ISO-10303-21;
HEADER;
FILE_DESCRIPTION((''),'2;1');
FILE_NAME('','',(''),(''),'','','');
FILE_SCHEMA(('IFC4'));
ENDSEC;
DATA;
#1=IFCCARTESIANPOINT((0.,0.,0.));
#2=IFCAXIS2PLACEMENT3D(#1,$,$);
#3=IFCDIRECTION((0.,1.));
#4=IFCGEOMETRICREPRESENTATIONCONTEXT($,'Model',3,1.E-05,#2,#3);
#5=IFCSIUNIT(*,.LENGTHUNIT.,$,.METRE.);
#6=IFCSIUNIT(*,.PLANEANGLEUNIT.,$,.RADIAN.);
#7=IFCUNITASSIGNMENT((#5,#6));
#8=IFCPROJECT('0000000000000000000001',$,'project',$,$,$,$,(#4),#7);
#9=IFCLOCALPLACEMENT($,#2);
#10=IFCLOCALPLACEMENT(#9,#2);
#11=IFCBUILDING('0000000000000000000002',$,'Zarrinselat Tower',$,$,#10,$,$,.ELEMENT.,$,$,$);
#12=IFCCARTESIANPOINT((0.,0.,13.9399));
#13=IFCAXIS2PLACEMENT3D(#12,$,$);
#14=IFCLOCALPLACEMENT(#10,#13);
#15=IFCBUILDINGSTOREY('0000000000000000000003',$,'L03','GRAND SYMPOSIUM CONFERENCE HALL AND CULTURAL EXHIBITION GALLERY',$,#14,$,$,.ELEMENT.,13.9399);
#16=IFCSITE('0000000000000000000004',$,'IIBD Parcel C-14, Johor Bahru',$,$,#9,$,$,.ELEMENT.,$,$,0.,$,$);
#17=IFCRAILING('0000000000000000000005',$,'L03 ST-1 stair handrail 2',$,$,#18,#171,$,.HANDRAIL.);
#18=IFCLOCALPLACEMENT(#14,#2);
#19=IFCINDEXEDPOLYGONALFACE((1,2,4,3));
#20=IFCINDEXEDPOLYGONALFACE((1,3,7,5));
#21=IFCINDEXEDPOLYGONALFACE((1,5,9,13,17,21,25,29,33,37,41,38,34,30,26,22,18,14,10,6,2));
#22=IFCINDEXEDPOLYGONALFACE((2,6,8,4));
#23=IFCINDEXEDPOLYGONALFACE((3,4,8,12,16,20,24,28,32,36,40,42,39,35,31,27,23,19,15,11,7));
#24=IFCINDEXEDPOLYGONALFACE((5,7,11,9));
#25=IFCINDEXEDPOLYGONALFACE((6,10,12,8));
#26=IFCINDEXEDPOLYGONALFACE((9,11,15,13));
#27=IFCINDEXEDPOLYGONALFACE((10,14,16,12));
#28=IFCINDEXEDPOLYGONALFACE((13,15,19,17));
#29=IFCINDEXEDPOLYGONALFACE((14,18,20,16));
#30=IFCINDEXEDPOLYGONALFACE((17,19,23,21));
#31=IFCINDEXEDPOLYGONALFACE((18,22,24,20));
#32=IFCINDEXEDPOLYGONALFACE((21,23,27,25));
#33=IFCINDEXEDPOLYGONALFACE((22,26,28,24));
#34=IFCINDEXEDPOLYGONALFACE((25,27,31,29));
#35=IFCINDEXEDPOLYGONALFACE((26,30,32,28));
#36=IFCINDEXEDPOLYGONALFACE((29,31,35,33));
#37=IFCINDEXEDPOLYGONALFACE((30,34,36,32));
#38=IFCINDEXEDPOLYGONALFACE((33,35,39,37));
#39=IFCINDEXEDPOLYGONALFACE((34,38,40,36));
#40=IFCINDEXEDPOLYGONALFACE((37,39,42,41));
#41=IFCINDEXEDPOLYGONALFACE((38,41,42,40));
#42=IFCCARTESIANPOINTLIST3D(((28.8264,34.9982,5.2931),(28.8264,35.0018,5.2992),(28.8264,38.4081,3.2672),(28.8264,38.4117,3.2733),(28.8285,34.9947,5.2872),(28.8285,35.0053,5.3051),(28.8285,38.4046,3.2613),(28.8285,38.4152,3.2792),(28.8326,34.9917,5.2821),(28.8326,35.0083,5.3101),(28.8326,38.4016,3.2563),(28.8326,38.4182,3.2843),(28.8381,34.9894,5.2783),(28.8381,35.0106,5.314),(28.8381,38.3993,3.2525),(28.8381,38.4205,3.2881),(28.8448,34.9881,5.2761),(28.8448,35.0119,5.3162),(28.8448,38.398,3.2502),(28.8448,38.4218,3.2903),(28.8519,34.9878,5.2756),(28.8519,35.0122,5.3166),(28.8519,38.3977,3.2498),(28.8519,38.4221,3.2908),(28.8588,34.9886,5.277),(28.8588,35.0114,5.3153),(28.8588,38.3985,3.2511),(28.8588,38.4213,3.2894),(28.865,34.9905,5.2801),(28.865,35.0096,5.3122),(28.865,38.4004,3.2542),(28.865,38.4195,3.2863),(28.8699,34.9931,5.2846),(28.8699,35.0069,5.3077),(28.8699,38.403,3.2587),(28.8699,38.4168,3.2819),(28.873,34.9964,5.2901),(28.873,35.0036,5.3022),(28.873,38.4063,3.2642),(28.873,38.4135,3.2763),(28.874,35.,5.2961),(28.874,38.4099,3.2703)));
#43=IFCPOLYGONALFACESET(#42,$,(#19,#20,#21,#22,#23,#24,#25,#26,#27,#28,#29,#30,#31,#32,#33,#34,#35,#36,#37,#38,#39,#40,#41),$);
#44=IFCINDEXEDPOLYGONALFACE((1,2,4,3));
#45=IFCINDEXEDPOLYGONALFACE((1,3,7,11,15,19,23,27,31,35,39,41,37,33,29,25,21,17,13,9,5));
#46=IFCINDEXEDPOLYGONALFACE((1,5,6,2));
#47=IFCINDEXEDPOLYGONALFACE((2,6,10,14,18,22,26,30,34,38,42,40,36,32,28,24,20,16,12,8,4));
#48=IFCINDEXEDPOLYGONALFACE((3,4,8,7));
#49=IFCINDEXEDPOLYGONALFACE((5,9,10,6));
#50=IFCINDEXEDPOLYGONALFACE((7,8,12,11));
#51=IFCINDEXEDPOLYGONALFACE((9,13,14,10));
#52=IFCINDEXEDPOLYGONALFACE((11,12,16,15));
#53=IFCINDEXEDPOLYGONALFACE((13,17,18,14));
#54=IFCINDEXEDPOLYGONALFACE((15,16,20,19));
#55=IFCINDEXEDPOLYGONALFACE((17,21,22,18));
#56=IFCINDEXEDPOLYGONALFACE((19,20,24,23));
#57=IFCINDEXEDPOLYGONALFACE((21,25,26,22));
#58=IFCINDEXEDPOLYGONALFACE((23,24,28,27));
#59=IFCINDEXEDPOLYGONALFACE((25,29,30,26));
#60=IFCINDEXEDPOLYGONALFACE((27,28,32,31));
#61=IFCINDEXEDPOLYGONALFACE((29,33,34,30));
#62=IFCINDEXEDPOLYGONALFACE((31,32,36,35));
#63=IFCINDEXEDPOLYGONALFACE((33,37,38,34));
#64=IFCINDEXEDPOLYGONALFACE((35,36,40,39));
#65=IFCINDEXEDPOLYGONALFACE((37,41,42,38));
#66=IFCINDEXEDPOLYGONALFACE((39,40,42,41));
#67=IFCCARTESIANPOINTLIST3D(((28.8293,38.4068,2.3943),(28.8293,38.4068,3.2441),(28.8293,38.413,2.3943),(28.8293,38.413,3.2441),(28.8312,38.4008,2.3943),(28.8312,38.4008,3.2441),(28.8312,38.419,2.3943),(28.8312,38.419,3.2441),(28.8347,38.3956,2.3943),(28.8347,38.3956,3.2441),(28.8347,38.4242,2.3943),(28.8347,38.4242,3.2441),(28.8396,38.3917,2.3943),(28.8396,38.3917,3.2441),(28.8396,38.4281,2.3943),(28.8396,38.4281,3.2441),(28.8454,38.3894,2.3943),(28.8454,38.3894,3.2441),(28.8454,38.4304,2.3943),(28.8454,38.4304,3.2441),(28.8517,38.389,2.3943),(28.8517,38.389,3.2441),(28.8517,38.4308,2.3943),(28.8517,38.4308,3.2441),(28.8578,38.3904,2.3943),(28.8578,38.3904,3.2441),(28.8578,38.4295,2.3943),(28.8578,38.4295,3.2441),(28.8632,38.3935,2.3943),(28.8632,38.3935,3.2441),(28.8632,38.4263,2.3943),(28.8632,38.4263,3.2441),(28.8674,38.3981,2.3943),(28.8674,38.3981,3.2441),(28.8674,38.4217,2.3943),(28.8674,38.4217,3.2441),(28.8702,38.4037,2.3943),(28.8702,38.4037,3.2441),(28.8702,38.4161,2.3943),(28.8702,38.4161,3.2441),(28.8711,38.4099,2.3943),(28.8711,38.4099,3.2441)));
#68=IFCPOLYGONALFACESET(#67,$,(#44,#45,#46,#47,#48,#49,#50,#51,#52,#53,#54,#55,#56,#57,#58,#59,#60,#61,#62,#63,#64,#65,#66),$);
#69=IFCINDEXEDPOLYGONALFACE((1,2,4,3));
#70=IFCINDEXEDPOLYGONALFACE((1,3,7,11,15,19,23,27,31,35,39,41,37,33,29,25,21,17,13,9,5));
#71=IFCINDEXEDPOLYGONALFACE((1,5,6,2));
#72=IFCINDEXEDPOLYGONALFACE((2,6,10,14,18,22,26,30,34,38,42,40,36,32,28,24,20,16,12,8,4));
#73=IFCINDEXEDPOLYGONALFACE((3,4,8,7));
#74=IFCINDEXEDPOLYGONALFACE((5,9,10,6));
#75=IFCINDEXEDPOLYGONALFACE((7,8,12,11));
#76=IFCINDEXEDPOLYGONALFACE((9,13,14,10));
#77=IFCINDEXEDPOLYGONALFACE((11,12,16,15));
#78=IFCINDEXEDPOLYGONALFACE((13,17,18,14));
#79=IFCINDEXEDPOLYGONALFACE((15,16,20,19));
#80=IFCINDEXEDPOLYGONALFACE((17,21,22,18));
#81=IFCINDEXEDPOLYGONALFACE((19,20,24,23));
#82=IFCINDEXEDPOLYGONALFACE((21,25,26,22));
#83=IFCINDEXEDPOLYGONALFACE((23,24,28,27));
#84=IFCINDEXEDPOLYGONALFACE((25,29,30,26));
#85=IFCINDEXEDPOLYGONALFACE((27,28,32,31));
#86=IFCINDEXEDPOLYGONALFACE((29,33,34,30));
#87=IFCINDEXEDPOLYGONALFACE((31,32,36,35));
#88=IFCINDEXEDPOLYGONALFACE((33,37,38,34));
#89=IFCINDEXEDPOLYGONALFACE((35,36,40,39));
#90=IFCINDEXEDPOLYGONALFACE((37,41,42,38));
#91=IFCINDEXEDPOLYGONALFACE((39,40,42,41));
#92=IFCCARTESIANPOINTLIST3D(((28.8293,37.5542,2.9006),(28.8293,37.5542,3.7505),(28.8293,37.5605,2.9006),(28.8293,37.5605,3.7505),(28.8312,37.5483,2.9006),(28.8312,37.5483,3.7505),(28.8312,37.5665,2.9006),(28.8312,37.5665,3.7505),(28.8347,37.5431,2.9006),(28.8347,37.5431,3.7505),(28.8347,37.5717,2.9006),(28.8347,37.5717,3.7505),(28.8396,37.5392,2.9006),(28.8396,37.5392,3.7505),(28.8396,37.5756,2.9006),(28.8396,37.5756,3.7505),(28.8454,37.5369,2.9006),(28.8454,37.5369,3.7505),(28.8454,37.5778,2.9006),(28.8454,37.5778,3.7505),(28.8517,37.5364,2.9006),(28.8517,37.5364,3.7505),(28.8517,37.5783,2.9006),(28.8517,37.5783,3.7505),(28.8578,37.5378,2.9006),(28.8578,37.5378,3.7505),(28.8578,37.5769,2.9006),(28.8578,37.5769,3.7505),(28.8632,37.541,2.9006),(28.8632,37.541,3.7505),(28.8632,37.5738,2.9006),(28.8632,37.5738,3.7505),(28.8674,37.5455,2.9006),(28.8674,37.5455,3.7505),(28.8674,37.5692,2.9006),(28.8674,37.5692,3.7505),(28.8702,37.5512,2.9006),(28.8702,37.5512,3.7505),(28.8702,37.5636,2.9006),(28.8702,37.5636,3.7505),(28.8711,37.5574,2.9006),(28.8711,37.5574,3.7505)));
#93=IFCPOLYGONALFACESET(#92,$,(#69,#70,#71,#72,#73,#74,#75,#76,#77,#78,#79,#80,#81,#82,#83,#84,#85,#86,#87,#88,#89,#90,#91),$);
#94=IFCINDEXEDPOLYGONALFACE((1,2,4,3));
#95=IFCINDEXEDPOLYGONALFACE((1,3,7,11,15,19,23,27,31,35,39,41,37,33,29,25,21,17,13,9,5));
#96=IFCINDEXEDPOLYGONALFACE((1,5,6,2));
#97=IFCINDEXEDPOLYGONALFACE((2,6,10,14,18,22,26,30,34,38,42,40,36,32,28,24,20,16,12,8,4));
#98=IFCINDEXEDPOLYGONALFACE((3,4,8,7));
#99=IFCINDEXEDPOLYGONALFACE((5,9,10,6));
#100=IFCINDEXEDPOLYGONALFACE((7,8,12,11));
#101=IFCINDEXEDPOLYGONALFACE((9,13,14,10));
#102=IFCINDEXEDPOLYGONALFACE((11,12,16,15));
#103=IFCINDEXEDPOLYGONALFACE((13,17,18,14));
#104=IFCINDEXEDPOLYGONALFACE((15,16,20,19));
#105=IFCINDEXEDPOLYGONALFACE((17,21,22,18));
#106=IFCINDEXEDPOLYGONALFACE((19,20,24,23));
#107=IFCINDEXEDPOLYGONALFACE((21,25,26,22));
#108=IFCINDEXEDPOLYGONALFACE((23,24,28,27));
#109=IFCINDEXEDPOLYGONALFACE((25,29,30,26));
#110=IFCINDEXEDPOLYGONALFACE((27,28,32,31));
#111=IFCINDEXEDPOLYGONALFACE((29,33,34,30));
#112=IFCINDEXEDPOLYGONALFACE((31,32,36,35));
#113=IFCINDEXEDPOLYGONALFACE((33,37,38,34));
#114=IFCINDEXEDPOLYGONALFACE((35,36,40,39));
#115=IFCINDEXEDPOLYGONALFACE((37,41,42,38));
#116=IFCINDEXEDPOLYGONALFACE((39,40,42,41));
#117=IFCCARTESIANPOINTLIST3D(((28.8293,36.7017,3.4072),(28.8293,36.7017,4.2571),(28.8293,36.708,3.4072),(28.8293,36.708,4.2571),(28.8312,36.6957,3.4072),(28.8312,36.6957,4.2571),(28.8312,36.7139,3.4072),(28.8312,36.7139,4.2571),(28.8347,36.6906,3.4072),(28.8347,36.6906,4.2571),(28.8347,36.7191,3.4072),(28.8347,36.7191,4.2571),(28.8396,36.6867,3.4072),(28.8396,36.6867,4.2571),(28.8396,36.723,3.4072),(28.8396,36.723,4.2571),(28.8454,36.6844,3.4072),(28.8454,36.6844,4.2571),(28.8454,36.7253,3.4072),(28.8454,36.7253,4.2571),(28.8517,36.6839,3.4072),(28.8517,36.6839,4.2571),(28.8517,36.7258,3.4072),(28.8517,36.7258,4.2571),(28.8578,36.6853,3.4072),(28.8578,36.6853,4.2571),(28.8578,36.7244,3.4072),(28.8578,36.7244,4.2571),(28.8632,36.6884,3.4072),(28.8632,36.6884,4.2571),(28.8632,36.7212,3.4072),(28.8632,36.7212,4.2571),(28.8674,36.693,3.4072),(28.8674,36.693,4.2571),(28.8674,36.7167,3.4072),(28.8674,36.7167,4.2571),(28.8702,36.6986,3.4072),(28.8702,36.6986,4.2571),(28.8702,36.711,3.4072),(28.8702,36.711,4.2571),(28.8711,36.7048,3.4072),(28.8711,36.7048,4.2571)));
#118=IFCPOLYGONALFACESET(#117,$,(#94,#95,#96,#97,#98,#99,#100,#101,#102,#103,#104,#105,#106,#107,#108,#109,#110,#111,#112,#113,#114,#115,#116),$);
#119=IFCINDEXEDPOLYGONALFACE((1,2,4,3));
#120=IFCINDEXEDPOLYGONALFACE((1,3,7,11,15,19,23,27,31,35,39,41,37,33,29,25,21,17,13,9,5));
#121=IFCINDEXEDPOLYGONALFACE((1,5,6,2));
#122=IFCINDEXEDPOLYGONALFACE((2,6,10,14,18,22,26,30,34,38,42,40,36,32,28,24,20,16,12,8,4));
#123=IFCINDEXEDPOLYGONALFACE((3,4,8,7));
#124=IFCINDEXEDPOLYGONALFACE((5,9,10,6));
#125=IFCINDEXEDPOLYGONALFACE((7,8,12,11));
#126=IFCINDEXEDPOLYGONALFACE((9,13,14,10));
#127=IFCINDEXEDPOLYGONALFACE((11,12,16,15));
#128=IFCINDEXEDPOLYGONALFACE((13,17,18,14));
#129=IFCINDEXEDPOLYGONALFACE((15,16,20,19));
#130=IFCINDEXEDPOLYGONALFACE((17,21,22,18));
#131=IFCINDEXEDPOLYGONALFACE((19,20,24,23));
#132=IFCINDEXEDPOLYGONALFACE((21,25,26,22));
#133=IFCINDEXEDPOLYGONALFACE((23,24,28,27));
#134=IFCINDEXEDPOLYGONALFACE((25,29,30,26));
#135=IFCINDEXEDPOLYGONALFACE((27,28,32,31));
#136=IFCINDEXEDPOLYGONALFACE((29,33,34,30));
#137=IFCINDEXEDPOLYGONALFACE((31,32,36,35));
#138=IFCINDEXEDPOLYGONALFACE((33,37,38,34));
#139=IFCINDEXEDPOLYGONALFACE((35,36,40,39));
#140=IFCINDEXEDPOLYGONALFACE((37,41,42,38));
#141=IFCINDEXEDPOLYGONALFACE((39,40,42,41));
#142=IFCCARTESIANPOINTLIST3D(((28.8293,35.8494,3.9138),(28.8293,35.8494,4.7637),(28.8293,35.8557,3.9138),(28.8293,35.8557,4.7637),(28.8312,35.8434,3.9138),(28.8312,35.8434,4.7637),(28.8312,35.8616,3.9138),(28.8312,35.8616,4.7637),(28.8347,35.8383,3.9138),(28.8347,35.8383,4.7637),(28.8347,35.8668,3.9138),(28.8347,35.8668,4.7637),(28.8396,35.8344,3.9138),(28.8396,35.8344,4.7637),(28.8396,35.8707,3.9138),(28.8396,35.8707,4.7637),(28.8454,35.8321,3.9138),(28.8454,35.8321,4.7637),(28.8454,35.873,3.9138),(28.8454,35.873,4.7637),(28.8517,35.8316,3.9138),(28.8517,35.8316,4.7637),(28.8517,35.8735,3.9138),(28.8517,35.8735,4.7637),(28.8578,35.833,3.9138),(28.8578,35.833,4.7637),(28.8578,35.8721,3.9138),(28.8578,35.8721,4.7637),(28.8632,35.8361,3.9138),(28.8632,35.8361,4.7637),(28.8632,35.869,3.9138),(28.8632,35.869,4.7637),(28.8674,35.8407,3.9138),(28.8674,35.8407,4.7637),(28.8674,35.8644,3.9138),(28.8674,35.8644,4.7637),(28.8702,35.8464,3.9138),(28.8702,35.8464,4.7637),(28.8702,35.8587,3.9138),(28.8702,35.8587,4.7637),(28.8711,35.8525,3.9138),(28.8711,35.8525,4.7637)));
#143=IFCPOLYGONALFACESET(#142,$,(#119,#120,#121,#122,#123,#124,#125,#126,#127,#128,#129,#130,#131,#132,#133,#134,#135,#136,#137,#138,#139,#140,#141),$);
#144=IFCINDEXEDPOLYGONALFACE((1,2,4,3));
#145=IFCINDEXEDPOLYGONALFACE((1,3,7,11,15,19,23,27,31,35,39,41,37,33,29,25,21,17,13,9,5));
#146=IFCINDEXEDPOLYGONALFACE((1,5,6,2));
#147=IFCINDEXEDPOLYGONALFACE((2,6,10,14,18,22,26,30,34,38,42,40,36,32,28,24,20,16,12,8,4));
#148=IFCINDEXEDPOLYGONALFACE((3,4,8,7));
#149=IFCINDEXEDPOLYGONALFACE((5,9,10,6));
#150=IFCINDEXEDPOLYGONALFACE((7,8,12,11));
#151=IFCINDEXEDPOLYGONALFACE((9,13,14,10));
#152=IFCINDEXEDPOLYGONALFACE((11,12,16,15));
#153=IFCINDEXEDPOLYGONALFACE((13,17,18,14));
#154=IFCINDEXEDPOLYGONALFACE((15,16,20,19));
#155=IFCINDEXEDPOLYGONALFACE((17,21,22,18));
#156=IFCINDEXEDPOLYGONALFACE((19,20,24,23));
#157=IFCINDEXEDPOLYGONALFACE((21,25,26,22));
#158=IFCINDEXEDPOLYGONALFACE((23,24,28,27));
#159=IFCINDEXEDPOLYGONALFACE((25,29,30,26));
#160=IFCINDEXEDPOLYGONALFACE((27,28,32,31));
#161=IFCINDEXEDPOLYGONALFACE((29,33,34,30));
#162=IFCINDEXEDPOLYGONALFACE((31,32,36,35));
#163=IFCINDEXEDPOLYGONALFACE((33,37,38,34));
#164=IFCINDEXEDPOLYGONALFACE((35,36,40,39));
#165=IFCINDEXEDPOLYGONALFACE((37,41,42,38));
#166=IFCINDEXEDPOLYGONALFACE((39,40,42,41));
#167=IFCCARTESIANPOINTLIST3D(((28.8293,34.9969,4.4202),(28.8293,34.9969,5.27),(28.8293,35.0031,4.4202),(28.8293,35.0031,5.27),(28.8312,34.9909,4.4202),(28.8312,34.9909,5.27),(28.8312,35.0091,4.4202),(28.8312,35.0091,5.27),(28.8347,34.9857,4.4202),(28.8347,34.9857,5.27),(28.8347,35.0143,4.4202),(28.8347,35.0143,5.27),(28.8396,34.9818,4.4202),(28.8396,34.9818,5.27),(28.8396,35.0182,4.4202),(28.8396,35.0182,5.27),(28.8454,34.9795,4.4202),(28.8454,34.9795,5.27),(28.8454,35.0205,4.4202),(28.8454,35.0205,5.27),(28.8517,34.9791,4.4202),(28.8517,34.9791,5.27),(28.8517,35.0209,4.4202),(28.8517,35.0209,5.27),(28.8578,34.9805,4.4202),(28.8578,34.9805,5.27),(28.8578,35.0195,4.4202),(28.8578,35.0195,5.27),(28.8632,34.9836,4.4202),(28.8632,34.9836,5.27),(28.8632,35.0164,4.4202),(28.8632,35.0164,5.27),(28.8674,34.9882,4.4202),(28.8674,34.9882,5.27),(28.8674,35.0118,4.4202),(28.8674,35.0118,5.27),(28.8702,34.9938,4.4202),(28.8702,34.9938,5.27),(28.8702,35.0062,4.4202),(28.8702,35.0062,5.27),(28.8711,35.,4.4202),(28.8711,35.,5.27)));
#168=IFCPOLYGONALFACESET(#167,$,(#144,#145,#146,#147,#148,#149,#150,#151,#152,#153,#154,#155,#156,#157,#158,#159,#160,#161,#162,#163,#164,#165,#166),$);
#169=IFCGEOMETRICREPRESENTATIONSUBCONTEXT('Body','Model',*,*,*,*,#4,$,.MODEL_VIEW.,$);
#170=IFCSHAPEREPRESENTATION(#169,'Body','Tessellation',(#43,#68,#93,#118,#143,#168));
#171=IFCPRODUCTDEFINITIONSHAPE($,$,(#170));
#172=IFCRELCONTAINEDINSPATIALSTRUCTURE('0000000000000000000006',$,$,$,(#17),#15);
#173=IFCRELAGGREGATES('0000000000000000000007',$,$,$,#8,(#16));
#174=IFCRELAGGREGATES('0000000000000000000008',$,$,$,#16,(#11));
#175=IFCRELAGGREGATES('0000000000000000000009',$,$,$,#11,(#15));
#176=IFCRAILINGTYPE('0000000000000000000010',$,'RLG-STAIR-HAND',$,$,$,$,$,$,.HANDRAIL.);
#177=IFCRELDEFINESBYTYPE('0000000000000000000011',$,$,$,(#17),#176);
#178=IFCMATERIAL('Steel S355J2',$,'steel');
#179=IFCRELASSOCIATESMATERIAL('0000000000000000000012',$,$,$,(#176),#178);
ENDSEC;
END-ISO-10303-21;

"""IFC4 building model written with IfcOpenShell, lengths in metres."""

from ifc_helpers import new_model, si_unit, direction, frame, origin, origin_2d, place, context, subcontext, project, spatial, circle, extrude, material, type_object, element, save


model = new_model("IFC4")

# Units and contexts
model_context = context("Model", 3, precision=1e-05, world=origin(), true_north=direction((0.0, 1.0)))
body_context = subcontext(model_context, "Body", "Model", "MODEL_VIEW")
ifc_project = project(units=[si_unit("LENGTHUNIT", "METRE"), si_unit("PLANEANGLEUNIT", "RADIAN")], contexts=[model_context])

# Site, building, storey
site_placement = place(None, origin())
site = spatial("IfcSite", under=ifc_project, at=site_placement, Name="IIBD Parcel C-14, Johor Bahru", CompositionType="ELEMENT", RefElevation=0.0)
building_placement = place(site_placement, origin())
building = spatial("IfcBuilding", under=site, at=building_placement, Name="Zarrinselat Tower", CompositionType="ELEMENT")
storey_placement = place(building_placement, frame((0.0, 0.0, 13.9399)))
storey = spatial("IfcBuildingStorey", under=building, at=storey_placement, Name="L03", Description="GRAND SYMPOSIUM CONFERENCE HALL AND CULTURAL EXHIBITION GALLERY", CompositionType="ELEMENT", Elevation=13.9399)

# Railing
ifc_material_1 = material(Name="Steel S355J2", Category="steel")
railing_type_1 = type_object("IfcRailingType", Name="RLG-STAIR-HAND", PredefinedType="HANDRAIL", material=ifc_material_1)
railing_1_placement = place(storey_placement, frame((28.8501, 38.4099, 2.3943)))
element("IfcRailing", 1, at=railing_1_placement, inside=storey, type_object=railing_type_1, Name="L03 ST-1 stair handrail 2", PredefinedType="HANDRAIL", context=body_context, shape_type="SweptSolid", body=[
    extrude(circle(Radius=0.0239, at=origin_2d()), frame((0.0, 0.0, 0.876), z_axis=(0.0, -0.859717, 0.510771), x_axis=(1.0, 0.0, 0.0)), (0.0, 0.0, 1.0), 3.9663),
    extrude(circle(Radius=0.021, at=origin_2d()), origin(), (0.0, 0.0, 1.0), 0.8499),
    extrude(circle(Radius=0.021, at=origin_2d()), frame((0.0, -0.8525, 0.5063)), (0.0, 0.0, 1.0), 0.8499),
    extrude(circle(Radius=0.021, at=origin_2d()), frame((0.0, -1.7051, 1.0129)), (0.0, 0.0, 1.0), 0.8499),
    extrude(circle(Radius=0.021, at=origin_2d()), frame((0.0, -2.5574, 1.5195)), (0.0, 0.0, 1.0), 0.8499),
    extrude(circle(Radius=0.021, at=origin_2d()), frame((0.0, -3.4099, 2.0259)), (0.0, 0.0, 1.0), 0.8499),
])

save(model, "model.ifc")
